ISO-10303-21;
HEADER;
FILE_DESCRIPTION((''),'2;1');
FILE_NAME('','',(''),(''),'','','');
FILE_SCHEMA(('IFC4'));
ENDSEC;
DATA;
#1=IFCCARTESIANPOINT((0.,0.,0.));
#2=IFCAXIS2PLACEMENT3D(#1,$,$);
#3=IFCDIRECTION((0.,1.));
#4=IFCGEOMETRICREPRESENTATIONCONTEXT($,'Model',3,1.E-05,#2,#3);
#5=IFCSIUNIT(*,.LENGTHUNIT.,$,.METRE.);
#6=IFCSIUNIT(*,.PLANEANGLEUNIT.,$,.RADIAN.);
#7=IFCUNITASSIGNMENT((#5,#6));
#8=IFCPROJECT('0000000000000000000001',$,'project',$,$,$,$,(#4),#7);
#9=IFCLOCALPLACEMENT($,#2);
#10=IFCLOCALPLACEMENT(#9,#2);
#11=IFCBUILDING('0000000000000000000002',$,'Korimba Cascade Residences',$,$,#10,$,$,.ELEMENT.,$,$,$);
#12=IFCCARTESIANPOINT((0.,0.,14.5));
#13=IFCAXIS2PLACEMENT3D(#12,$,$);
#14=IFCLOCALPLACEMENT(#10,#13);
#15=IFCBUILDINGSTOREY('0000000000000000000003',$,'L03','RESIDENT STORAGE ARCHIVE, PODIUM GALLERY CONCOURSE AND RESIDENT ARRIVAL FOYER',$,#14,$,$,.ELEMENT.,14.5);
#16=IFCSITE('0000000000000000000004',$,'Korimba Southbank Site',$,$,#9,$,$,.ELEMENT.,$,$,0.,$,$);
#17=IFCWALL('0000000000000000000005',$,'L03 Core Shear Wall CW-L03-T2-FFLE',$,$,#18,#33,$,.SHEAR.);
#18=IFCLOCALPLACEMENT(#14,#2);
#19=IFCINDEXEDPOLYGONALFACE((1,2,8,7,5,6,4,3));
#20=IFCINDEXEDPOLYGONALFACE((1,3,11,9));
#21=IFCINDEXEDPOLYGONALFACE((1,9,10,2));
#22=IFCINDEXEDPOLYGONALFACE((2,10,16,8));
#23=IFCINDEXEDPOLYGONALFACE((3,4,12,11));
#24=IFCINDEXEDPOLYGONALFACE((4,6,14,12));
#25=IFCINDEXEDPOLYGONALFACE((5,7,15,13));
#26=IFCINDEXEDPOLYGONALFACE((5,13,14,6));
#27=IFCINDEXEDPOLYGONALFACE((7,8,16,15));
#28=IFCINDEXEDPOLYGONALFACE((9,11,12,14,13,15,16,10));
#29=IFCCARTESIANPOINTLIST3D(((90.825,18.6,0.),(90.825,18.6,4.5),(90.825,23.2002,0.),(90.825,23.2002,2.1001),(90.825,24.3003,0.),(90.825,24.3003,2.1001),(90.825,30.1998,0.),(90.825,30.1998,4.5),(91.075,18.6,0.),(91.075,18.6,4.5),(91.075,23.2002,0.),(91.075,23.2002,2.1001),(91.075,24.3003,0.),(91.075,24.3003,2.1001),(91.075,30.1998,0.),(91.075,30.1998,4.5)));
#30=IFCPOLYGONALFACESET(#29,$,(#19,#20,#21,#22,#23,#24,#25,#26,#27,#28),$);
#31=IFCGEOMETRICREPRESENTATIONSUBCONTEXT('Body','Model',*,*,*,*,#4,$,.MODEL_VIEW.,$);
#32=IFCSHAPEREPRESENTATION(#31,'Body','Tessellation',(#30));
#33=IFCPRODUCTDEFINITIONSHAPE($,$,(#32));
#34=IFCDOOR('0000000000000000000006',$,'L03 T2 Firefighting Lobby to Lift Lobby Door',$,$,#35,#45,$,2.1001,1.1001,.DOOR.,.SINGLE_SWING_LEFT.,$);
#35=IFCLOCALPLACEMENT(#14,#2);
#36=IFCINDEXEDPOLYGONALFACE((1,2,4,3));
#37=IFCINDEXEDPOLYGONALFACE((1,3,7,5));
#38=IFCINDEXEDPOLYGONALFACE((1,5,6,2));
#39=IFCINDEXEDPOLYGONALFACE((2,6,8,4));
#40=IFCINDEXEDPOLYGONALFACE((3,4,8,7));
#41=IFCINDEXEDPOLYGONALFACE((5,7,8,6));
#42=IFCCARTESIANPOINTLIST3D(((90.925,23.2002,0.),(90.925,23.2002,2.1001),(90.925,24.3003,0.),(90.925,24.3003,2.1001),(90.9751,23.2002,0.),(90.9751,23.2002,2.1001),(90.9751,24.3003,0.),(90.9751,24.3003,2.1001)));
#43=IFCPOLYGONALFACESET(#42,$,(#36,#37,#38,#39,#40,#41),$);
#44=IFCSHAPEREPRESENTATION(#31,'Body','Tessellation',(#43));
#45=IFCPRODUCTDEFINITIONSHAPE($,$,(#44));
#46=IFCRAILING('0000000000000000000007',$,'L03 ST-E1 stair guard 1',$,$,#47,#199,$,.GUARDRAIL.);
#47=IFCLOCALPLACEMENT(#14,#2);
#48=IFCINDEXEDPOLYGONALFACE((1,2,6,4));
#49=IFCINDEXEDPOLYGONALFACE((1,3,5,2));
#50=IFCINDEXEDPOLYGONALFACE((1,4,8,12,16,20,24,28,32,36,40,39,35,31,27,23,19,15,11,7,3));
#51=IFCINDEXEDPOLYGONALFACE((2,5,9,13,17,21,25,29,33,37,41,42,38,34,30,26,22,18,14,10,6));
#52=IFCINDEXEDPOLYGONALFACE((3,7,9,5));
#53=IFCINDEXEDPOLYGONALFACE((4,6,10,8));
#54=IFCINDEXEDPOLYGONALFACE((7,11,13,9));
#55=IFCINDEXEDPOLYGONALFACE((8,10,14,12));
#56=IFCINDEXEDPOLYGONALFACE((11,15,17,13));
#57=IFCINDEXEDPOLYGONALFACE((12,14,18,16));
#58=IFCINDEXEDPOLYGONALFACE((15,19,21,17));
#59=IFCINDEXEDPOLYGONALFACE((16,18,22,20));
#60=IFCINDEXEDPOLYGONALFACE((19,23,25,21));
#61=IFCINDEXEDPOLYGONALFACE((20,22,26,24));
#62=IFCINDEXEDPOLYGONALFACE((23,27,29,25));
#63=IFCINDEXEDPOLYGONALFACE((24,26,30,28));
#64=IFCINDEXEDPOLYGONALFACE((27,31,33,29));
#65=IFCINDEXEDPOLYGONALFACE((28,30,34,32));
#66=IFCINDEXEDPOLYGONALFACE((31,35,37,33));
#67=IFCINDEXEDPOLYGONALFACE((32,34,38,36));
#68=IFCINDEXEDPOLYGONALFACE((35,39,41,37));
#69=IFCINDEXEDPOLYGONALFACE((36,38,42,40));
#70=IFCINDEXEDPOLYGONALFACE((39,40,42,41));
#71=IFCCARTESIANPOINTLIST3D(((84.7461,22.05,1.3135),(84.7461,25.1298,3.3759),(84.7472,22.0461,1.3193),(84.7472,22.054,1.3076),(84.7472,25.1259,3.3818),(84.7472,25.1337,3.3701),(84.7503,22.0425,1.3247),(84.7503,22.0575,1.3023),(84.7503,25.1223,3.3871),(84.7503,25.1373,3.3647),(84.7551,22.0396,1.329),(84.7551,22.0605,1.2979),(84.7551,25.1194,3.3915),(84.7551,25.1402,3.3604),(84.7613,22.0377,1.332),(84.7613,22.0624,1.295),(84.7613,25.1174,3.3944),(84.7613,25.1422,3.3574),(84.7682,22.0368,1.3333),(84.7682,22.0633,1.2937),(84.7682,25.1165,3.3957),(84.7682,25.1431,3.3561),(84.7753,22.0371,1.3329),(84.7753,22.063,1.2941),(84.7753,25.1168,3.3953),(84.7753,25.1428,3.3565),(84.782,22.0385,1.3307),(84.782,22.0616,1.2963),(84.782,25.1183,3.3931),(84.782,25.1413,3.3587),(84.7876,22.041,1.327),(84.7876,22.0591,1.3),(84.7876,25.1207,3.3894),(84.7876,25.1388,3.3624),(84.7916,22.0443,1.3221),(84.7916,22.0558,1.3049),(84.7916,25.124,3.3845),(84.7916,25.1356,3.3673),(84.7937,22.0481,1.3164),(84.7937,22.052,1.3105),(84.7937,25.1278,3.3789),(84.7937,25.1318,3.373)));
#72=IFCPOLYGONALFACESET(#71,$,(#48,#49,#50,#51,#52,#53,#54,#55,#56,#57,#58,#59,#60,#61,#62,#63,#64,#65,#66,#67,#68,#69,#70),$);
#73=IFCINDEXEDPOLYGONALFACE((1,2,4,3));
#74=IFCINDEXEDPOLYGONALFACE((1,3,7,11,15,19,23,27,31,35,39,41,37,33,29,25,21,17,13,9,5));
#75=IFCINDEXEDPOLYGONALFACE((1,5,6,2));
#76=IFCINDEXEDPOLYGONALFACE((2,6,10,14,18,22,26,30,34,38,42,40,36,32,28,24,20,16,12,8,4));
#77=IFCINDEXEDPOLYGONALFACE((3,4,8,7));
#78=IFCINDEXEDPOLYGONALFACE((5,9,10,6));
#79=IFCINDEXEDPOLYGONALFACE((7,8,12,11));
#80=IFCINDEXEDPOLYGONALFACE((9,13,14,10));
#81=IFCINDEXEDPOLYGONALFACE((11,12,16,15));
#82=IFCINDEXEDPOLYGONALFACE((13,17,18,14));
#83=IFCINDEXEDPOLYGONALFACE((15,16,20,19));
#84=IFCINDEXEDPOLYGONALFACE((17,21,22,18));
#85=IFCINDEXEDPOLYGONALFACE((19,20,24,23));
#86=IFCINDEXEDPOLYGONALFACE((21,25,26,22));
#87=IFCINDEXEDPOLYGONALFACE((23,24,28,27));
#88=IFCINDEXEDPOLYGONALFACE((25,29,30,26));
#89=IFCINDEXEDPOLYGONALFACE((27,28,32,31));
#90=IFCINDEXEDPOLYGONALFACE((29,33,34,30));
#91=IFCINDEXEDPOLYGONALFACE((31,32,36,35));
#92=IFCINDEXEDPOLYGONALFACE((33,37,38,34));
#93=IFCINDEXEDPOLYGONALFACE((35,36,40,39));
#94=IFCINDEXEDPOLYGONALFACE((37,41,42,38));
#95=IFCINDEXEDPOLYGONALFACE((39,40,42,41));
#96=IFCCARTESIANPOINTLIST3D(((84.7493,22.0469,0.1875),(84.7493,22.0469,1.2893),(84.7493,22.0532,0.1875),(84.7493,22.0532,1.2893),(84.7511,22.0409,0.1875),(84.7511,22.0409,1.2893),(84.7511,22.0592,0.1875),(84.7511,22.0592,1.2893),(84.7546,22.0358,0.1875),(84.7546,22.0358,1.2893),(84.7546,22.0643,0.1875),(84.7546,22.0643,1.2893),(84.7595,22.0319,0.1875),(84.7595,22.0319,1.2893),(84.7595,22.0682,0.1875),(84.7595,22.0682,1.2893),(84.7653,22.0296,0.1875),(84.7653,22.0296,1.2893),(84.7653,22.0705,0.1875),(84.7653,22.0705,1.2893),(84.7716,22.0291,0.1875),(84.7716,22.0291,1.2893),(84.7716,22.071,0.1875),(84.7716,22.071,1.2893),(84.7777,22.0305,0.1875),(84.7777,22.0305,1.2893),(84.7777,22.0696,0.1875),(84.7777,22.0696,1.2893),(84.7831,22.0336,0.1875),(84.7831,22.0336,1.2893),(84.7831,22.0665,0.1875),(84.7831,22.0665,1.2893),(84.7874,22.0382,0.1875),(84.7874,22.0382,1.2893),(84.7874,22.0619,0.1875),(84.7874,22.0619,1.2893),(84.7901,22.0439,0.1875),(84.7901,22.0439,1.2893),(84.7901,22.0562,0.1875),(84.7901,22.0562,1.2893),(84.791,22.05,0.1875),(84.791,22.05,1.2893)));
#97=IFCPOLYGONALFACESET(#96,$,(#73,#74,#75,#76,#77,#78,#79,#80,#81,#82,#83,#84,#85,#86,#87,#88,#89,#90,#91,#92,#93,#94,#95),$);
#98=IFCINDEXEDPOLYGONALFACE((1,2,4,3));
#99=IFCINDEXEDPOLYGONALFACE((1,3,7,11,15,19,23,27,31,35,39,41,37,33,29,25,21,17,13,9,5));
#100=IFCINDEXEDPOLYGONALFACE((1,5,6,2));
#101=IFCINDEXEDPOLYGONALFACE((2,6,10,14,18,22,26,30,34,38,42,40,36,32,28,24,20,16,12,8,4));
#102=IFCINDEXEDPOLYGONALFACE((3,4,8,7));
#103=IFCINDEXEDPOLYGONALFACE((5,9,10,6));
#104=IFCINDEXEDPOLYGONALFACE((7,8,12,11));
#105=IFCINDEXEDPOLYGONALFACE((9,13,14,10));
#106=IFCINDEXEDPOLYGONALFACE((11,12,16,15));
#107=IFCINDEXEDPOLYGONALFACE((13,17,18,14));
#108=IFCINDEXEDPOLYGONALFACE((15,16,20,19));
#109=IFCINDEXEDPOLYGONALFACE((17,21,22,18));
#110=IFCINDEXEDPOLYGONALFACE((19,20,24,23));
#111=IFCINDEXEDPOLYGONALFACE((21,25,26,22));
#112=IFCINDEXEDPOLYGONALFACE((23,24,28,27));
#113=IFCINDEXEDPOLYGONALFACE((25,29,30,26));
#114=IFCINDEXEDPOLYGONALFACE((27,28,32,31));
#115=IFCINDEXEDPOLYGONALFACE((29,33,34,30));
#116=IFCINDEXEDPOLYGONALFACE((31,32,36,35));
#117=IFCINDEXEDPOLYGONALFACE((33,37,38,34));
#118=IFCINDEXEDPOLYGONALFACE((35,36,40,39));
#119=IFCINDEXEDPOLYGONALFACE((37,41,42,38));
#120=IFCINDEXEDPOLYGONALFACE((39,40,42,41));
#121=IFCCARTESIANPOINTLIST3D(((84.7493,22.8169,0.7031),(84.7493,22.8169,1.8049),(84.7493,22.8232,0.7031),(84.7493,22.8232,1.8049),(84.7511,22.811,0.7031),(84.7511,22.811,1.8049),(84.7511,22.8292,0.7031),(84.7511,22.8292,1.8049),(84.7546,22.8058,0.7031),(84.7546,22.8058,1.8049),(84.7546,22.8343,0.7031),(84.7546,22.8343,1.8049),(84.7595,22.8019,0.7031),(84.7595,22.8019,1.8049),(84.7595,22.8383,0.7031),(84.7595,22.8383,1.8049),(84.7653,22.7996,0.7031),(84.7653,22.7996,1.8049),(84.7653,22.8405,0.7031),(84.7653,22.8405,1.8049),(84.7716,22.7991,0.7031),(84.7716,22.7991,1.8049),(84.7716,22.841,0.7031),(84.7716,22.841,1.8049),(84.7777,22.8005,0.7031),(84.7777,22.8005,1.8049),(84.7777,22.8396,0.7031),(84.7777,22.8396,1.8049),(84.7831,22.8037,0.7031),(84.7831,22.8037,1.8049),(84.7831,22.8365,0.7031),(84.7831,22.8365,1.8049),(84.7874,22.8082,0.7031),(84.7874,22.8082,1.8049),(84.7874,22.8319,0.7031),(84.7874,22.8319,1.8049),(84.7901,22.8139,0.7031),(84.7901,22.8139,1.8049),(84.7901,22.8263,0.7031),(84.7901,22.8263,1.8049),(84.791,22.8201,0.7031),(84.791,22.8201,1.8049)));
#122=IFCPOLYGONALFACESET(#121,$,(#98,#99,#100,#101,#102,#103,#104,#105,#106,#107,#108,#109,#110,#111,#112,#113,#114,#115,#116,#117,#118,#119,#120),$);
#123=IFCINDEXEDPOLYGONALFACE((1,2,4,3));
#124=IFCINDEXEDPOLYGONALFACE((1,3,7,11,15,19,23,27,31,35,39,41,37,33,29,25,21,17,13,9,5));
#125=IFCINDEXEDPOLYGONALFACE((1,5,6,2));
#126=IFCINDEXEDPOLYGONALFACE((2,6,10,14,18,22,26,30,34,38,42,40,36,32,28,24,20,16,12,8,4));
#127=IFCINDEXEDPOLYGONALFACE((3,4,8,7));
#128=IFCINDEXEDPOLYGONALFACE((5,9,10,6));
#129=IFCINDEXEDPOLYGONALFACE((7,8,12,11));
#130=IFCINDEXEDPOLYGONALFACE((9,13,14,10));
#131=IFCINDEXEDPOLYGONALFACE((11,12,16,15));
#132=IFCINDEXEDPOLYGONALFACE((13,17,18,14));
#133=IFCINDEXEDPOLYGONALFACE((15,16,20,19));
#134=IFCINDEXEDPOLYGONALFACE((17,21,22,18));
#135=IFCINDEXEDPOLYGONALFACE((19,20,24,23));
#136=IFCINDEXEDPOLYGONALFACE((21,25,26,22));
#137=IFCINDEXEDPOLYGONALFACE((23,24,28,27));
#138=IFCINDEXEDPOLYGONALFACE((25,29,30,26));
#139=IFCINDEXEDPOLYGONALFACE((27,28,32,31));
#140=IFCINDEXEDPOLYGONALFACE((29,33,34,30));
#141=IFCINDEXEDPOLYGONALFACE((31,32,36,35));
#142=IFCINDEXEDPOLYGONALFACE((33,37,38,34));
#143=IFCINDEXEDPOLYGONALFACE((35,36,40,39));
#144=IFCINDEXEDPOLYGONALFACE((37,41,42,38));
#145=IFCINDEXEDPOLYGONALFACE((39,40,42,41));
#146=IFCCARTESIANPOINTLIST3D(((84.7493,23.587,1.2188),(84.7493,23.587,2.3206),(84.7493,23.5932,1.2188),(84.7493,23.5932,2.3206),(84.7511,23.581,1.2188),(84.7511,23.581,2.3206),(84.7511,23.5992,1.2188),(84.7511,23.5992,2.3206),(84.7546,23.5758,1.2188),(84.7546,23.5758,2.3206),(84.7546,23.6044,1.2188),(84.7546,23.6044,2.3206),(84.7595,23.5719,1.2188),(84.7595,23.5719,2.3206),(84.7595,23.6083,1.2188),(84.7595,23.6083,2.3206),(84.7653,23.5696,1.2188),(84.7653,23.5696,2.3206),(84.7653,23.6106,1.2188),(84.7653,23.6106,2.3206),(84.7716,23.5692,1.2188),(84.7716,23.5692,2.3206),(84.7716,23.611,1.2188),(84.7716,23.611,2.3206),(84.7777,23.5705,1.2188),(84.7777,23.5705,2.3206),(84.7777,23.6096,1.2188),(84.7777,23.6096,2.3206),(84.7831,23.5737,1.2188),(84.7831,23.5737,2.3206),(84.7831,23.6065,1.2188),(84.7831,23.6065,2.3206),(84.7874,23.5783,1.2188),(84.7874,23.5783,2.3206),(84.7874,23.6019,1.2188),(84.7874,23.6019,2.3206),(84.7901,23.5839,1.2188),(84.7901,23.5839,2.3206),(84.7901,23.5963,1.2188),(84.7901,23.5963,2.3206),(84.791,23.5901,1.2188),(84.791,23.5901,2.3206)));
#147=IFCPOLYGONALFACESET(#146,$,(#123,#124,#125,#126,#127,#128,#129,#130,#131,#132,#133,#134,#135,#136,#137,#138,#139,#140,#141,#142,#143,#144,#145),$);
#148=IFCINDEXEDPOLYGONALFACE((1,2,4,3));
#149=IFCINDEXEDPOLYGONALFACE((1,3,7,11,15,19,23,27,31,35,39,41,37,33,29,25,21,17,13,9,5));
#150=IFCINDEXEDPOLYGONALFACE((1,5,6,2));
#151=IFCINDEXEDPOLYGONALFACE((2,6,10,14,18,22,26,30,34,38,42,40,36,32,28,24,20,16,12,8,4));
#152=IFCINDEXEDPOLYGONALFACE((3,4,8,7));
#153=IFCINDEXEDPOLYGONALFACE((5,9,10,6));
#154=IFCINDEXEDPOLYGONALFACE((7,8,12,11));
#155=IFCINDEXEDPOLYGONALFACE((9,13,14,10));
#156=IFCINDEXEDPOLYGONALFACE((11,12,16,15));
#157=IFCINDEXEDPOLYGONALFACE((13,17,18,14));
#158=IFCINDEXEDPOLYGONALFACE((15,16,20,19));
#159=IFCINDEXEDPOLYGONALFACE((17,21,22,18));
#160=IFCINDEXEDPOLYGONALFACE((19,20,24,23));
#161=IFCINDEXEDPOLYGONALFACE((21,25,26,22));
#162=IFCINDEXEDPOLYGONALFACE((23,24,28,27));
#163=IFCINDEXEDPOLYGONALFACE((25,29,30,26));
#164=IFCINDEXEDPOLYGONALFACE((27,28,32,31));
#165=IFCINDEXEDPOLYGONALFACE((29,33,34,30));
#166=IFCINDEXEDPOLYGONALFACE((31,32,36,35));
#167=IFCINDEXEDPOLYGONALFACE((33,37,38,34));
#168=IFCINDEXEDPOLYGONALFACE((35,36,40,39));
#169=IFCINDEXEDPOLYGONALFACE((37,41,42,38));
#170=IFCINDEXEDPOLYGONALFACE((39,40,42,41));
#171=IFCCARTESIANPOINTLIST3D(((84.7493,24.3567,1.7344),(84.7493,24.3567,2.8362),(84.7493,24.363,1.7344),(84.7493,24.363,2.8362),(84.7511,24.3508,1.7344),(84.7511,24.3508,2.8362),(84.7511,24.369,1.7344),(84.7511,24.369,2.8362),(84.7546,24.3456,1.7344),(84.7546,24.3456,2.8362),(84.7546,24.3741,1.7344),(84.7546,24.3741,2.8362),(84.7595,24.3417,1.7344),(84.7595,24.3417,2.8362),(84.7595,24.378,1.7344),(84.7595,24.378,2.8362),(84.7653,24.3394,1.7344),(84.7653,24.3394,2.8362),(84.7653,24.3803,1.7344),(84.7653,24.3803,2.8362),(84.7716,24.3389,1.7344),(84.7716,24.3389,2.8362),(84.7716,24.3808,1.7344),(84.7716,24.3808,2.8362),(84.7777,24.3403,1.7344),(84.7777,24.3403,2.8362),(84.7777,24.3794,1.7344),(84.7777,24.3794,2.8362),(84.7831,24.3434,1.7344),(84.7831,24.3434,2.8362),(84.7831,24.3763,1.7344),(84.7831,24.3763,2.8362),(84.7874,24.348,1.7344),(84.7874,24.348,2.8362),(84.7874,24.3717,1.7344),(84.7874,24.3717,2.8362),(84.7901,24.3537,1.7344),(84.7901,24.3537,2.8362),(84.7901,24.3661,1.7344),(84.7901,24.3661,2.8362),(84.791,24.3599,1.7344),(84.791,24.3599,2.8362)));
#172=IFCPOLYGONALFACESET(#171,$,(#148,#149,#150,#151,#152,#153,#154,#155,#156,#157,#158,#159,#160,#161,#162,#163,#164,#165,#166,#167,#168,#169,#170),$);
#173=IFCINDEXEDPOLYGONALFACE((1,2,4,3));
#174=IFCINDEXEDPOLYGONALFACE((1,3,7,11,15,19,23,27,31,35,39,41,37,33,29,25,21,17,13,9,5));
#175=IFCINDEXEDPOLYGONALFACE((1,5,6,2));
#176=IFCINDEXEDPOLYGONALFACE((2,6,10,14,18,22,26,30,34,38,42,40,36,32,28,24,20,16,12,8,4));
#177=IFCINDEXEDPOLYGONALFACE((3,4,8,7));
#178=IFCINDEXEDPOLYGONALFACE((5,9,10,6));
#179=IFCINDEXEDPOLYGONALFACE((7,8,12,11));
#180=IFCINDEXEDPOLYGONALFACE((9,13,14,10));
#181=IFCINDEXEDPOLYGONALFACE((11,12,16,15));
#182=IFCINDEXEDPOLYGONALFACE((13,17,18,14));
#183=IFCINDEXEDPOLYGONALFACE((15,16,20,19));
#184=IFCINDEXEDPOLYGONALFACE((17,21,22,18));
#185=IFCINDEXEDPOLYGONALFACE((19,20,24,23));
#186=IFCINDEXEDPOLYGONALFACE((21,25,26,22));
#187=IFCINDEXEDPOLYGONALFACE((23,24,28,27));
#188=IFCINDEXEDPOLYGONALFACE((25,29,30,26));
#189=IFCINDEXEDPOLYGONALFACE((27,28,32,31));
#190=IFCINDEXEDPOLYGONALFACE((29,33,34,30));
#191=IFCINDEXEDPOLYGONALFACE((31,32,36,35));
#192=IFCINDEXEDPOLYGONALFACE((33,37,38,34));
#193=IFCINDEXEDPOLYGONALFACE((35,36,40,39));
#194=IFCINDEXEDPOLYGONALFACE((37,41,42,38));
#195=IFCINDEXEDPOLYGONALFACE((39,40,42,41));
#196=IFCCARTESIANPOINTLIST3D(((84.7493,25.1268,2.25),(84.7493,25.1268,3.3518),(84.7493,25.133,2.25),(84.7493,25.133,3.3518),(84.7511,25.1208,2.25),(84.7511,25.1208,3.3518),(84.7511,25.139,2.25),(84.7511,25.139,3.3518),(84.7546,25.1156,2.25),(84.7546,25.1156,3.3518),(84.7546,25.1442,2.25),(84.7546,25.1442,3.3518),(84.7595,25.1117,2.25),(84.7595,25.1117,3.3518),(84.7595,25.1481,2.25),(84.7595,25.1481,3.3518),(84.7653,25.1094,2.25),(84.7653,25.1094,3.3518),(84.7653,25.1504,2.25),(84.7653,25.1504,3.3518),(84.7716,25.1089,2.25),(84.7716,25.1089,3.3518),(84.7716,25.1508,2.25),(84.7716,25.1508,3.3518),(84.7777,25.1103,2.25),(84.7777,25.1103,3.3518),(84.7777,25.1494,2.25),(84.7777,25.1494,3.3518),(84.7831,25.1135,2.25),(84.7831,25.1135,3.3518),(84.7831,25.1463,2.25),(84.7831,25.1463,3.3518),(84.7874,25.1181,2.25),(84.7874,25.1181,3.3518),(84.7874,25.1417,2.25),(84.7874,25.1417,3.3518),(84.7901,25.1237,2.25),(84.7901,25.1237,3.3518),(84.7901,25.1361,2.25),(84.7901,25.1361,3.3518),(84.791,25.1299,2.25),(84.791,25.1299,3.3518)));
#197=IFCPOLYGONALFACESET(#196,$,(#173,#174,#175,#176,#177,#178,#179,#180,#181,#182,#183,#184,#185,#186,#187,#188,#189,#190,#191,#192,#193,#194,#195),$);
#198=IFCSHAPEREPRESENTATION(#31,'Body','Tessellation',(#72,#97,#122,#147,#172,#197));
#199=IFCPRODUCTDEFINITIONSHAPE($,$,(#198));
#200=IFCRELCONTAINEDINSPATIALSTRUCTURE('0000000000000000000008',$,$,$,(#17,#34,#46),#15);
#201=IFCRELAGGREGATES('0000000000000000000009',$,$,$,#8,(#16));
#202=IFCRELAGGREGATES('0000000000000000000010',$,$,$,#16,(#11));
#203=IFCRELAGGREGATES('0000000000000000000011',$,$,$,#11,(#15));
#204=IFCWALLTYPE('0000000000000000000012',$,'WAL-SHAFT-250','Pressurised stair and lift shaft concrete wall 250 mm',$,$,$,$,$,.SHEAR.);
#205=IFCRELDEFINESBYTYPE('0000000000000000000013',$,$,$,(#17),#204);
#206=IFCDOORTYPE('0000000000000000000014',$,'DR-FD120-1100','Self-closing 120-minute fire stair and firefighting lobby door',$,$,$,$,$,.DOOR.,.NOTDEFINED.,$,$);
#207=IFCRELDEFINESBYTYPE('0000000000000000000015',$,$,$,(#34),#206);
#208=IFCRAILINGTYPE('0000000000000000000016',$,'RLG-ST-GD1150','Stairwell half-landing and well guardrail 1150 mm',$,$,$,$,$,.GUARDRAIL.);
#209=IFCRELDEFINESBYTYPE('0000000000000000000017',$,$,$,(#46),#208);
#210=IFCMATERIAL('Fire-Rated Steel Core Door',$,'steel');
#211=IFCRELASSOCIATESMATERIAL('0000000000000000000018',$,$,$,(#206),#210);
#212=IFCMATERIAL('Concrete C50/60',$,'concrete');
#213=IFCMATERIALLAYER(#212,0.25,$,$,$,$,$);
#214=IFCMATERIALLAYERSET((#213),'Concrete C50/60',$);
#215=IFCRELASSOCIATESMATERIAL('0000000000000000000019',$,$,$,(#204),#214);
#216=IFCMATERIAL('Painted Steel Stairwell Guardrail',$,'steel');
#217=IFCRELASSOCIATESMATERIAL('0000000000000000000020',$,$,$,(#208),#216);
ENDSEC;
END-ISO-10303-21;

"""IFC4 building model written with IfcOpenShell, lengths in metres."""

from ifc_helpers import new_model, si_unit, direction, frame, frame_2d, origin, origin_2d, place, context, subcontext, project, spatial, rectangle, circle, extrude, material, layer, layer_set, type_object, element, fill, save


model = new_model("IFC4")

# Units and contexts
model_context = context("Model", 3, precision=1e-05, world=origin(), true_north=direction((0.0, 1.0)))
body_context = subcontext(model_context, "Body", "Model", "MODEL_VIEW")
ifc_project = project(units=[si_unit("LENGTHUNIT", "METRE"), si_unit("PLANEANGLEUNIT", "RADIAN")], contexts=[model_context])

# Site, building, storey
site_placement = place(None, origin())
site = spatial("IfcSite", under=ifc_project, at=site_placement, Name="Korimba Southbank Site", CompositionType="ELEMENT", RefElevation=0.0)
building_placement = place(site_placement, origin())
building = spatial("IfcBuilding", under=site, at=building_placement, Name="Korimba Cascade Residences", CompositionType="ELEMENT")
storey_placement = place(building_placement, frame((0.0, 0.0, 14.5)))
storey = spatial("IfcBuildingStorey", under=building, at=storey_placement, Name="L03", Description="RESIDENT STORAGE ARCHIVE, PODIUM GALLERY CONCOURSE AND RESIDENT ARRIVAL FOYER", CompositionType="ELEMENT", Elevation=14.5)

# Shared definitions
ifc_material_1 = material(Name="Concrete C50/60", Category="concrete")

# Shared definitions
ifc_material_2 = material(Name="Fire-Rated Steel Core Door", Category="steel")
door_type_1 = type_object("IfcDoorType", Name="DR-FD120-1100", Description="Self-closing 120-minute fire stair and firefighting lobby door", OperationType="NOTDEFINED", PredefinedType="DOOR", material=ifc_material_2)

# Shared definitions
ifc_layer_1 = layer(ifc_material_1, 0.25)
ifc_layer_set_1 = layer_set([ifc_layer_1], Name="Concrete C50/60")
wall_type_1 = type_object("IfcWallType", Name="WAL-SHAFT-250", Description="Pressurised stair and lift shaft concrete wall 250 mm", PredefinedType="SHEAR", material=ifc_layer_set_1)

# Wall, opening, door
wall_1_placement = place(storey_placement, frame((90.95, 18.6001, 0.0), z_axis=(0.0, 0.0, 1.0), x_axis=(0.0, 1.0, 0.0)))
wall_1 = element("IfcWall", 1, at=wall_1_placement, inside=storey, type_object=wall_type_1, Name="L03 Core Shear Wall CW-L03-T2-FFLE", PredefinedType="SHEAR", context=body_context, shape_type="SweptSolid", body=[
    extrude(rectangle(XDim=11.5999, YDim=0.25, at=frame_2d((5.7998, 0.0))), origin(), (0.0, 0.0, 1.0), 4.5),
])
opening_1_placement = place(wall_1_placement, frame((4.6001, 0.0, 0.0)))
opening_1 = element("IfcOpeningElement", 2, at=opening_1_placement, cuts=wall_1, PredefinedType="OPENING", context=body_context, shape_type="SweptSolid", body=[
    extrude(rectangle(XDim=1.1001, YDim=2.1001, at=frame_2d((0.55, 1.05))), frame((0.0, 0.135, 0.0), z_axis=(0.0, -1.0, 0.0), x_axis=(1.0, 0.0, 0.0)), (0.0, 0.0, 1.0), 0.27),
])
door_1_placement = place(opening_1_placement, origin())
door_1 = element("IfcDoor", 3, at=door_1_placement, inside=storey, type_object=door_type_1, Name="L03 T2 Firefighting Lobby to Lift Lobby Door", OperationType="SINGLE_SWING_LEFT", OverallHeight=2.1001, OverallWidth=1.1001, PredefinedType="DOOR", context=body_context, shape_type="SweptSolid", body=[
    extrude(rectangle(XDim=1.1001, YDim=2.1001, at=frame_2d((0.55, 1.05))), frame((0.0, 0.0249, 0.0), z_axis=(0.0, -1.0, 0.0), x_axis=(1.0, 0.0, 0.0)), (0.0, 0.0, 1.0), 0.05),
])
fill(opening_1, door_1)

# Railing
ifc_material_3 = material(Name="Painted Steel Stairwell Guardrail", Category="steel")
railing_type = type_object("IfcRailingType", Name="RLG-ST-GD1150", Description="Stairwell half-landing and well guardrail 1150 mm", PredefinedType="GUARDRAIL", material=ifc_material_3)
railing_placement = place(storey_placement, frame((84.77, 22.05, 0.1875)))
element("IfcRailing", 4, at=railing_placement, inside=storey, type_object=railing_type, Name="L03 ST-E1 stair guard 1", PredefinedType="GUARDRAIL", context=body_context, shape_type="SweptSolid", body=[
    extrude(circle(Radius=0.0239, at=origin_2d()), frame((0.0, 0.0, 1.126), z_axis=(0.0, 0.830893, 0.556432), x_axis=(-1.0, 0.0, 0.0)), (0.0, 0.0, 1.0), 3.7065),
    extrude(circle(Radius=0.021, at=origin_2d()), origin(), (0.0, 0.0, 1.0), 1.1018),
    extrude(circle(Radius=0.021, at=origin_2d()), frame((0.0, 0.77, 0.5156)), (0.0, 0.0, 1.0), 1.1018),
    extrude(circle(Radius=0.021, at=origin_2d()), frame((0.0, 1.54, 1.0312)), (0.0, 0.0, 1.0), 1.1018),
    extrude(circle(Radius=0.021, at=origin_2d()), frame((0.0, 2.3098, 1.5469)), (0.0, 0.0, 1.0), 1.1018),
    extrude(circle(Radius=0.021, at=origin_2d()), frame((0.0, 3.0798, 2.0625)), (0.0, 0.0, 1.0), 1.1018),
])

save(model, "model.ifc")
